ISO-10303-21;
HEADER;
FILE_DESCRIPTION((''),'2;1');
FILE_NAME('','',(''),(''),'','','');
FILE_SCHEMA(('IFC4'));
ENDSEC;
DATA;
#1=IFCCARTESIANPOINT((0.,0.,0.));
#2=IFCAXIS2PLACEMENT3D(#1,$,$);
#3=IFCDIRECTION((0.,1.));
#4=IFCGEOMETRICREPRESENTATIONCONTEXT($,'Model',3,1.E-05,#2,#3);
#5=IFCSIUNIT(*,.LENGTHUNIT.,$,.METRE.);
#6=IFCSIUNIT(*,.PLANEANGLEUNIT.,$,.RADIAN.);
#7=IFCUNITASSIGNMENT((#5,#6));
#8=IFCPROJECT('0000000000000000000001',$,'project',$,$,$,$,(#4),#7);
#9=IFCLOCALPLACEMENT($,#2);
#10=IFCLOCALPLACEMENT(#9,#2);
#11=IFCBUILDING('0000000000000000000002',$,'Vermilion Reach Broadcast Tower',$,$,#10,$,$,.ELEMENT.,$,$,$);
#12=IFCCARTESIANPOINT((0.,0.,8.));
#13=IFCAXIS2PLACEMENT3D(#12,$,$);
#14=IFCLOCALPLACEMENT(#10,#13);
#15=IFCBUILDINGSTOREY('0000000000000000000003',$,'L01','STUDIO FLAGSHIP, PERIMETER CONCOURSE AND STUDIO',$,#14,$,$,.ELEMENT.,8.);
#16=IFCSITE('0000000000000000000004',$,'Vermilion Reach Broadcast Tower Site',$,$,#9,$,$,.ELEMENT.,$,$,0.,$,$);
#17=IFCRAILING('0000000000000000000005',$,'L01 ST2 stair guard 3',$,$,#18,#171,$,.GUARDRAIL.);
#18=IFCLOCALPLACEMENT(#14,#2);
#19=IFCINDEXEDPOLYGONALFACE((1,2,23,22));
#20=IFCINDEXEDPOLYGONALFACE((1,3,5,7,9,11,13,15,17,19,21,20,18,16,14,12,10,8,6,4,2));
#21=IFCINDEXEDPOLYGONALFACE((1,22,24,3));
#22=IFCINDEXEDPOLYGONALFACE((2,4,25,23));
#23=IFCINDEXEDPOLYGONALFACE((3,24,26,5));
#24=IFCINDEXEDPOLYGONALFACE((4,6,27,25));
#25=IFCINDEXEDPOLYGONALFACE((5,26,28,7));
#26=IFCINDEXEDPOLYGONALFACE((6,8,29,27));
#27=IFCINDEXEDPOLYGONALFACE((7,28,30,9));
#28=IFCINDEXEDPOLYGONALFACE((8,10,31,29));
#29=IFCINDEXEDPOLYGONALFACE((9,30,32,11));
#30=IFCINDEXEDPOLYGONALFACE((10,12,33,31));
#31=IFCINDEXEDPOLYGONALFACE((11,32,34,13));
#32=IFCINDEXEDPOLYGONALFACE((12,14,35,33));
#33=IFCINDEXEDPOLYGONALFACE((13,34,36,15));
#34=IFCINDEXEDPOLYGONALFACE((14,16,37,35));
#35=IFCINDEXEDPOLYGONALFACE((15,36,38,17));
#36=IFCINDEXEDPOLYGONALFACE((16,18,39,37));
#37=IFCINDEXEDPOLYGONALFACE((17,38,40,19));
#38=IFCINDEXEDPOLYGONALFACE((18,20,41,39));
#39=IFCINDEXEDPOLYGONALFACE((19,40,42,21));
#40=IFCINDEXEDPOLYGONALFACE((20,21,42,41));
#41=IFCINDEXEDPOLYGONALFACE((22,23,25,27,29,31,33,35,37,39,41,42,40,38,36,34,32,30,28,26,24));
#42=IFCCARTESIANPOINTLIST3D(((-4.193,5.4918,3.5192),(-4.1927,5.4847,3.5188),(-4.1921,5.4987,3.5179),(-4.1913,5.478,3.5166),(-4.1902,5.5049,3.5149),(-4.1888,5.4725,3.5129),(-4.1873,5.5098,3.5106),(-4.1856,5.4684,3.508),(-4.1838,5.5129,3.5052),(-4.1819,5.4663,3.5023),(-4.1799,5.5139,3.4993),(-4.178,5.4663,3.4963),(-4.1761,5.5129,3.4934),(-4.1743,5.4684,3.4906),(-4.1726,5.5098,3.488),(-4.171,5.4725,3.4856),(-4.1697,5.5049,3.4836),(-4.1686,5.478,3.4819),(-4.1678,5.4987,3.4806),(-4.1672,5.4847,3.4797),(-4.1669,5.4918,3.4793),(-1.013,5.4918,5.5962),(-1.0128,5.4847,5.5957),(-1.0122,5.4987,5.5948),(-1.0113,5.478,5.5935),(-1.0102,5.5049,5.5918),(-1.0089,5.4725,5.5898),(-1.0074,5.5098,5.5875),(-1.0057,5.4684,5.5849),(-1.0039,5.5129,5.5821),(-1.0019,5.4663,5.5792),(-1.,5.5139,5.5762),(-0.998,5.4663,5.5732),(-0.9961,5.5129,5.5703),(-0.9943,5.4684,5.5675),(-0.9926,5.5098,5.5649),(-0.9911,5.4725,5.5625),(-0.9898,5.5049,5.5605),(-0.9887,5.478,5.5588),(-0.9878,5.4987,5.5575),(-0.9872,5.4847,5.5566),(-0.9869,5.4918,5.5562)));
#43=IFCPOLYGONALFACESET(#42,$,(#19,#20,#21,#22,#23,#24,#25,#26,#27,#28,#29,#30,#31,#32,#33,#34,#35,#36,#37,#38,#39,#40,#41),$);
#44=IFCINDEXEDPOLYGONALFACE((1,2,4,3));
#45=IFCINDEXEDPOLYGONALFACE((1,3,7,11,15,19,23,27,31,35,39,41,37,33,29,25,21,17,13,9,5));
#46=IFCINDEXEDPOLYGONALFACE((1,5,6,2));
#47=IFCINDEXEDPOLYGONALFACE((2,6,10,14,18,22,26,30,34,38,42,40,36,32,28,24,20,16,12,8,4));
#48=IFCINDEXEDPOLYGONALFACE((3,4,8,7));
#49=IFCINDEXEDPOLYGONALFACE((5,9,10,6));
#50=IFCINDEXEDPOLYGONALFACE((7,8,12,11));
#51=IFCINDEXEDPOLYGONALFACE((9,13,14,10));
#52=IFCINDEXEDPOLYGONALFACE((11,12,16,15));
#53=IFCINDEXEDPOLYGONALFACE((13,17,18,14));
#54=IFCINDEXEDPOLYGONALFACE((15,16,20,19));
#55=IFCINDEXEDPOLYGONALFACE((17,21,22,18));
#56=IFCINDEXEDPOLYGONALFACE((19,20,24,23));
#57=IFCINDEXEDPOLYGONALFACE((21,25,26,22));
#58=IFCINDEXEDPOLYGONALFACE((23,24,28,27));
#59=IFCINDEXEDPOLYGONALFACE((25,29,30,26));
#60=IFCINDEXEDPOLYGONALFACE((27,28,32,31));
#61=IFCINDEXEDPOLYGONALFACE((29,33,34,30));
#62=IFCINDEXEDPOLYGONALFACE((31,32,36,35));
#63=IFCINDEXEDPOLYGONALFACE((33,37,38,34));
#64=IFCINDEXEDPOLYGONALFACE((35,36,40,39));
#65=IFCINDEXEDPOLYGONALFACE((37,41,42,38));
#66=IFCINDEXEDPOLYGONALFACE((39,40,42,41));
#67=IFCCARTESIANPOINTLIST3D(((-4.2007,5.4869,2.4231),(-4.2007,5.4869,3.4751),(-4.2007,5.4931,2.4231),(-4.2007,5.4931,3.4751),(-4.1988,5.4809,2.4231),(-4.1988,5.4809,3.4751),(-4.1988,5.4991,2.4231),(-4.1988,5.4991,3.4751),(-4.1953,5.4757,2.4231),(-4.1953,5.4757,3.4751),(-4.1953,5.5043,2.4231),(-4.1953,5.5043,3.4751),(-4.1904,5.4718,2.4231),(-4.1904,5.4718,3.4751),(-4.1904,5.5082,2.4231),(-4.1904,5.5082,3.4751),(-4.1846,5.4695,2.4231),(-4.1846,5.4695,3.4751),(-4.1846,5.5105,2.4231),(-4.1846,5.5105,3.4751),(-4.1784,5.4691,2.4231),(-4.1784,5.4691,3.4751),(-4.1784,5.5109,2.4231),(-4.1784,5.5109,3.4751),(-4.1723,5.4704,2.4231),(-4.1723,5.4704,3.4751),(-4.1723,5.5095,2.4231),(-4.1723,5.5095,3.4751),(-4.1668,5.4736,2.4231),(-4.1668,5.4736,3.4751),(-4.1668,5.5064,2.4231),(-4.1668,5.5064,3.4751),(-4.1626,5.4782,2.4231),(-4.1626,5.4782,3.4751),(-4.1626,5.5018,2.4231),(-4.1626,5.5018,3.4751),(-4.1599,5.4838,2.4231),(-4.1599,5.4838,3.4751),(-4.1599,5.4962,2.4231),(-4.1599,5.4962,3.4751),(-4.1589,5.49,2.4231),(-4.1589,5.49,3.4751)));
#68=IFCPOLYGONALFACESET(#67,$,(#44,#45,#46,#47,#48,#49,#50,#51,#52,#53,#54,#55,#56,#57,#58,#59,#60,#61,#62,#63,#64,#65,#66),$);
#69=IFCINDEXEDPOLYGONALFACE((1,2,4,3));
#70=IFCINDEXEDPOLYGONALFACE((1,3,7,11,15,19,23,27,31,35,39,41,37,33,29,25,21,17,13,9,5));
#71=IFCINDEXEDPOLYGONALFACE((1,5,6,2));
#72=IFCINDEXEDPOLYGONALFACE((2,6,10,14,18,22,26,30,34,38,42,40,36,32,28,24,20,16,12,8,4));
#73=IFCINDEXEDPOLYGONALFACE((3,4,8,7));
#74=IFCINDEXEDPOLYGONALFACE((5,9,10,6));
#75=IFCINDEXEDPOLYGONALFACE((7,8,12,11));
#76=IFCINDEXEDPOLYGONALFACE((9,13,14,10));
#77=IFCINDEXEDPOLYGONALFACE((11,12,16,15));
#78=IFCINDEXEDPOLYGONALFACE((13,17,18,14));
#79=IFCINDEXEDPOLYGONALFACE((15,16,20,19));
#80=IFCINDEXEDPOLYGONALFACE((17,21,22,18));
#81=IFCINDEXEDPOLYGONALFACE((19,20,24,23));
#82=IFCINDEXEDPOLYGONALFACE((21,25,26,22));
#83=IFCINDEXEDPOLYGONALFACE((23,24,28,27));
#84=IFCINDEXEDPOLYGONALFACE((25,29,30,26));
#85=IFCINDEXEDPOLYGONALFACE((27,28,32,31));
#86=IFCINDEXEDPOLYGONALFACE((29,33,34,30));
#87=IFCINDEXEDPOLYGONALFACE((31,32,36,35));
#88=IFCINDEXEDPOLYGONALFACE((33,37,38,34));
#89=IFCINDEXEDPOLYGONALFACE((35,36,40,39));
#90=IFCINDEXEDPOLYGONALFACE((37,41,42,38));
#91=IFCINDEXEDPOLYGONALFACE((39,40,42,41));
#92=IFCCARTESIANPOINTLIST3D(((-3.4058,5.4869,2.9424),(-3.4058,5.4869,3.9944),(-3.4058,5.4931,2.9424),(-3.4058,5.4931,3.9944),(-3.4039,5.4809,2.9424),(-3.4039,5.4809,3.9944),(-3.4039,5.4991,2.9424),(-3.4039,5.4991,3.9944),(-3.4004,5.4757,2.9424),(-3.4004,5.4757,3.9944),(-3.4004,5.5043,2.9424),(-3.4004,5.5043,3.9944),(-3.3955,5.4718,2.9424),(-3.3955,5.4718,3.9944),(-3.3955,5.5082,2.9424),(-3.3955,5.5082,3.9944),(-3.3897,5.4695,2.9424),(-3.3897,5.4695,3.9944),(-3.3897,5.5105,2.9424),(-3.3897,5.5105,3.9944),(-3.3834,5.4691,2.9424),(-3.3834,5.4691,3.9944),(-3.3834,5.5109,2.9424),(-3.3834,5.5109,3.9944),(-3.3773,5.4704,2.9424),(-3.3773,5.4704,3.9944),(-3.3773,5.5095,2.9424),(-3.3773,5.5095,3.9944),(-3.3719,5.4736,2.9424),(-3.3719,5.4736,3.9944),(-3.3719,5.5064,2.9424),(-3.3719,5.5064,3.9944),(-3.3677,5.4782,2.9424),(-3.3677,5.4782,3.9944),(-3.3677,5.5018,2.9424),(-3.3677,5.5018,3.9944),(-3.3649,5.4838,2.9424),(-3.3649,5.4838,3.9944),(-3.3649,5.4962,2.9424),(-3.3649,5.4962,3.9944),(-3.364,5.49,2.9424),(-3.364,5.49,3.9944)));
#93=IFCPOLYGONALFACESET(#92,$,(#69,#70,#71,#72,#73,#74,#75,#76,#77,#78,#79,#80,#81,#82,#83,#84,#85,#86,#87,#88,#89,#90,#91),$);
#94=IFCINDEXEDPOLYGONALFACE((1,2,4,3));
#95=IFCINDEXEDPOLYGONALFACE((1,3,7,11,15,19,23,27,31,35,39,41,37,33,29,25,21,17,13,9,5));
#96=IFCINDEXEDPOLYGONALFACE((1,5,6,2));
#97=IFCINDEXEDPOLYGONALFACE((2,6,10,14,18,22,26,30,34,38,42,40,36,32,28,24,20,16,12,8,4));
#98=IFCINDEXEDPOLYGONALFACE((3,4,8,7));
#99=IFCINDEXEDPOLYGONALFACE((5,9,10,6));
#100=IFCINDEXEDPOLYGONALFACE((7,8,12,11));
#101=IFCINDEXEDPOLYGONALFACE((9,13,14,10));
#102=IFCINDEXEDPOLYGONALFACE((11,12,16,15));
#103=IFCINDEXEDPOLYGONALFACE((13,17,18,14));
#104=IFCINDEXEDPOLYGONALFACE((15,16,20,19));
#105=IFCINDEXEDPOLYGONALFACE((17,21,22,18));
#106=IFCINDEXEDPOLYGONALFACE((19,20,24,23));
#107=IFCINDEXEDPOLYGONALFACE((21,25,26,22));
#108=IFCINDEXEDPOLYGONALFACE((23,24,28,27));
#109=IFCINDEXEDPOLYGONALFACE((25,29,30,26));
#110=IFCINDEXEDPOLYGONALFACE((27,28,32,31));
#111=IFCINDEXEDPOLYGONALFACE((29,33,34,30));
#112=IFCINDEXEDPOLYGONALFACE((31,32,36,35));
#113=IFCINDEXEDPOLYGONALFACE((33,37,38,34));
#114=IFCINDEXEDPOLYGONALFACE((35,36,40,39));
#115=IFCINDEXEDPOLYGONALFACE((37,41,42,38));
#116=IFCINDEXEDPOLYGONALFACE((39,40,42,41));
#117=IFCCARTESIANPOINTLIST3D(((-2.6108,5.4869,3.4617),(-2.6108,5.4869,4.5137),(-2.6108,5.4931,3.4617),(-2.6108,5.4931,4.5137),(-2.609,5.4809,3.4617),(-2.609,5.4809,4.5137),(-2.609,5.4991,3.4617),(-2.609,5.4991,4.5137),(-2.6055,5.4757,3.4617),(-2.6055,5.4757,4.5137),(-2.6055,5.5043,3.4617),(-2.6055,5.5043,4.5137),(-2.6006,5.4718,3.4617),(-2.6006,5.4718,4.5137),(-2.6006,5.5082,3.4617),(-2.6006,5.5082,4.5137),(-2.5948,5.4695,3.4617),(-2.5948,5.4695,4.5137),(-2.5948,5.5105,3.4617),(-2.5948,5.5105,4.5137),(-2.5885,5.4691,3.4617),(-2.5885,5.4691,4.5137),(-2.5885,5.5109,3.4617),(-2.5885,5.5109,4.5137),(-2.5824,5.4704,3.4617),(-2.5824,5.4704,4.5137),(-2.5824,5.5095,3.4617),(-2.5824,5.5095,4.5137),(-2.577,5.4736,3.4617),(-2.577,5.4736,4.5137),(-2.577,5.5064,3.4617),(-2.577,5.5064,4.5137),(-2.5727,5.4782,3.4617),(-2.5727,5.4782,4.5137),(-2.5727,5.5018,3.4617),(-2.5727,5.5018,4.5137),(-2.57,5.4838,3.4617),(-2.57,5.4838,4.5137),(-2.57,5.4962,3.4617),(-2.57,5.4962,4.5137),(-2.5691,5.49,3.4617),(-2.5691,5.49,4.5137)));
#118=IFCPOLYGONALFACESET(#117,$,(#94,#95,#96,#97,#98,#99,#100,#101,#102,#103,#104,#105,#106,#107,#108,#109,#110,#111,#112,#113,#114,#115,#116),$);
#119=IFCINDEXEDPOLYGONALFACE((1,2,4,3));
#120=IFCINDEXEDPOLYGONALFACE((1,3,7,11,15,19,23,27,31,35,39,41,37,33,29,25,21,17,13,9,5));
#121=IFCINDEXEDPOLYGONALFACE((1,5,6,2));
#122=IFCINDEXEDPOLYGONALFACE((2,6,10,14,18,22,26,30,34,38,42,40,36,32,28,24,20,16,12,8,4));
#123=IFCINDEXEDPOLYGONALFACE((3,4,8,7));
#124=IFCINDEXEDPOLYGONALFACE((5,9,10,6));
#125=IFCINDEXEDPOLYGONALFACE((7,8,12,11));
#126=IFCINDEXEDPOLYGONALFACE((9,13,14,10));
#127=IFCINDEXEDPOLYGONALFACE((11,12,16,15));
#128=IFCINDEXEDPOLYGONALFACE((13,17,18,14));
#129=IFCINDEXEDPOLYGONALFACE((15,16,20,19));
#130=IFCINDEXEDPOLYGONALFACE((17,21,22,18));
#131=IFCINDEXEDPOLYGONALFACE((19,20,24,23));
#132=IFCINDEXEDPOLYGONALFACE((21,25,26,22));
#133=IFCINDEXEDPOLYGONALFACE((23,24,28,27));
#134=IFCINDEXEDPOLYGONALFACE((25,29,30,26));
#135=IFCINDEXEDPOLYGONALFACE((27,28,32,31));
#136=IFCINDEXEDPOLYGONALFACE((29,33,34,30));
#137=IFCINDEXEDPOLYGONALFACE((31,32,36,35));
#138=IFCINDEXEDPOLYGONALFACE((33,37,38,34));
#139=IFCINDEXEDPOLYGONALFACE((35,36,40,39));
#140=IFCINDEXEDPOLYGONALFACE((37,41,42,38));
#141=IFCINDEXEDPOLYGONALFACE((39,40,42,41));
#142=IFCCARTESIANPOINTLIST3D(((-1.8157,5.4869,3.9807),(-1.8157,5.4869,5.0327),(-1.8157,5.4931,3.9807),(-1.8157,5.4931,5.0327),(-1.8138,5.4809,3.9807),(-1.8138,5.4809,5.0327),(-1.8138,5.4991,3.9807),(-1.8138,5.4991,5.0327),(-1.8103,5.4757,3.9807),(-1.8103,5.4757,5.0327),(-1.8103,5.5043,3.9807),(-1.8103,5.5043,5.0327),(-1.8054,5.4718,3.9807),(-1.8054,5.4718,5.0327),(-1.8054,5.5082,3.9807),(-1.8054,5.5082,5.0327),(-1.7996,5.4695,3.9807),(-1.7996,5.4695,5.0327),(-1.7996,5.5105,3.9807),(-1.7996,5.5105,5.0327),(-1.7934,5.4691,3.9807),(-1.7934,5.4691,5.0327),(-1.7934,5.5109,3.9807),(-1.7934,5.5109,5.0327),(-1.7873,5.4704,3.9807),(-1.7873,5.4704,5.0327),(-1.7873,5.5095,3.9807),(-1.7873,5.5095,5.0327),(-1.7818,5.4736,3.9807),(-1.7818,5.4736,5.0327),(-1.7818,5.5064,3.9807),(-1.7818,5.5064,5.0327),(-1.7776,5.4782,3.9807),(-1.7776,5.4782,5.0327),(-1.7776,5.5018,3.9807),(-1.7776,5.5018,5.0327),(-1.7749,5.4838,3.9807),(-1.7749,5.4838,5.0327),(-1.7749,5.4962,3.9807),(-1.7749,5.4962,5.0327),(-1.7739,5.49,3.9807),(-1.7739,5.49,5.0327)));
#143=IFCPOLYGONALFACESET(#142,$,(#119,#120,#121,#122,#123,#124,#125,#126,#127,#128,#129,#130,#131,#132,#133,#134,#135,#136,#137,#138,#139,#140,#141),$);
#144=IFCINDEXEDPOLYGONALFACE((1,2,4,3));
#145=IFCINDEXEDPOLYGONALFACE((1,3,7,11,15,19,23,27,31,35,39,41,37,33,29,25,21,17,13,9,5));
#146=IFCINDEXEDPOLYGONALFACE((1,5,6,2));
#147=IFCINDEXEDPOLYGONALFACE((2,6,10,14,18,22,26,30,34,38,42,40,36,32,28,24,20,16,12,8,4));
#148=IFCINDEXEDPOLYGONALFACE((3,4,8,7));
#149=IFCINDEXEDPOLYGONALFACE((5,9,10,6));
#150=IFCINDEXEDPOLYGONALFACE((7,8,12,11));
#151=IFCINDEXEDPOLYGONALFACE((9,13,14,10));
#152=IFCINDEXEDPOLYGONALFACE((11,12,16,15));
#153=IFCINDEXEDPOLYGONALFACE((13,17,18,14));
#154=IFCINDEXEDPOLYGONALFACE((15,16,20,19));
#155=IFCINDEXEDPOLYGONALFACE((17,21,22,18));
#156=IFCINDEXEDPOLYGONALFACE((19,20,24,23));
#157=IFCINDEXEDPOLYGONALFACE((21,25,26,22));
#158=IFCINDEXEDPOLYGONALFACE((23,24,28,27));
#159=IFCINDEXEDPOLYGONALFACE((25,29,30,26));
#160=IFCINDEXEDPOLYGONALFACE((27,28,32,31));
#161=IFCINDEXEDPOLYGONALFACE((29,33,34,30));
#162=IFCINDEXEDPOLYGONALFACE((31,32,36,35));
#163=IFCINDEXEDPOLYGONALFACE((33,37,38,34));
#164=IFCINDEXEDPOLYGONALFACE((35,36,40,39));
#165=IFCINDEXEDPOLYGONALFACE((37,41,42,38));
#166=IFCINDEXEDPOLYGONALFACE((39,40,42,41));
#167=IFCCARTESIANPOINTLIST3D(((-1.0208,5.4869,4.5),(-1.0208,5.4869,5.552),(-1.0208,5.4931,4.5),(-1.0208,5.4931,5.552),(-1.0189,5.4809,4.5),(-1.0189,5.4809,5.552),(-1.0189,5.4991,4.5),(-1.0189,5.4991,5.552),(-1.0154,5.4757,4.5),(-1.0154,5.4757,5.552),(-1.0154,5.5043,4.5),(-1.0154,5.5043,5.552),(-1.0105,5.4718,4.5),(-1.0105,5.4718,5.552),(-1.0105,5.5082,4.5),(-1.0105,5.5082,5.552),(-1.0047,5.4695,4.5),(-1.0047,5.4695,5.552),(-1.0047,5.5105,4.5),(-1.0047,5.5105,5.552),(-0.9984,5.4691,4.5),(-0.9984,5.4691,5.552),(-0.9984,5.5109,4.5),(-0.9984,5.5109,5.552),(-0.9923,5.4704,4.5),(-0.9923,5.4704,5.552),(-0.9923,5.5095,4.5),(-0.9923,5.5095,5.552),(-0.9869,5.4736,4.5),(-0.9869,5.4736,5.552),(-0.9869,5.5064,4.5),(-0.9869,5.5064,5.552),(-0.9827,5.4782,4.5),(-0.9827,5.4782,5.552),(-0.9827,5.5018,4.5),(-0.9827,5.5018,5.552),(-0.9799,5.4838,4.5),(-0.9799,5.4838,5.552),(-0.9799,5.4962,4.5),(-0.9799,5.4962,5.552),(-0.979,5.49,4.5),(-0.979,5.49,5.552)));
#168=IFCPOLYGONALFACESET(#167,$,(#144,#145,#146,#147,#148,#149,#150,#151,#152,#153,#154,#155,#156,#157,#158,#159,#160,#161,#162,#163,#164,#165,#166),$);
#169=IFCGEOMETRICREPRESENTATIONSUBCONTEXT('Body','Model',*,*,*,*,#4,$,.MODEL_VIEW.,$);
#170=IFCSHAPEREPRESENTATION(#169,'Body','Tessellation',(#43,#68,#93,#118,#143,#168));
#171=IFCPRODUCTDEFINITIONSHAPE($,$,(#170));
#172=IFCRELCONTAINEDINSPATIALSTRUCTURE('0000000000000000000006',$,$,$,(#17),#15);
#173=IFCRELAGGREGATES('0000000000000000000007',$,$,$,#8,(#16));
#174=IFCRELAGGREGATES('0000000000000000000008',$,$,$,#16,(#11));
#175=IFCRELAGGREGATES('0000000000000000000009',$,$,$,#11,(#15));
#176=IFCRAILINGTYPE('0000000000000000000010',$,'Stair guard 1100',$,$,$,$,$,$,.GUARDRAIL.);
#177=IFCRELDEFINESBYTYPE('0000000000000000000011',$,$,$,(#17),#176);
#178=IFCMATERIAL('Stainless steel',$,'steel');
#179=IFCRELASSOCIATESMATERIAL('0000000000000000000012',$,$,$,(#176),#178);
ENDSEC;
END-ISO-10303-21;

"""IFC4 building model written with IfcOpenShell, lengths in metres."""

from ifc_helpers import new_model, si_unit, direction, frame, origin, origin_2d, place, context, subcontext, project, spatial, circle, extrude, material, type_object, element, save


model = new_model("IFC4")

# Units and contexts
model_context = context("Model", 3, precision=1e-05, world=origin(), true_north=direction((0.0, 1.0)))
body_context = subcontext(model_context, "Body", "Model", "MODEL_VIEW")
ifc_project = project(units=[si_unit("LENGTHUNIT", "METRE"), si_unit("PLANEANGLEUNIT", "RADIAN")], contexts=[model_context])

# Site, building, storey
site_placement = place(None, origin())
site = spatial("IfcSite", under=ifc_project, at=site_placement, Name="Vermilion Reach Broadcast Tower Site", CompositionType="ELEMENT", RefElevation=0.0)
building_placement = place(site_placement, origin())
building = spatial("IfcBuilding", under=site, at=building_placement, Name="Vermilion Reach Broadcast Tower", CompositionType="ELEMENT")
storey_placement = place(building_placement, frame((0.0, 0.0, 8.0)))
storey = spatial("IfcBuildingStorey", under=building, at=storey_placement, Name="L01", Description="STUDIO FLAGSHIP, PERIMETER CONCOURSE AND STUDIO", CompositionType="ELEMENT", Elevation=8.0)

# Railing
ifc_material_1 = material(Name="Stainless steel", Category="steel")
railing_type_1 = type_object("IfcRailingType", Name="Stair guard 1100", PredefinedType="GUARDRAIL", material=ifc_material_1)
railing_1_placement = place(storey_placement, frame((-4.1799, 5.49, 2.4231)))
element("IfcRailing", 1, at=railing_1_placement, inside=storey, type_object=railing_type_1, Name="L01 ST2 stair guard 3", PredefinedType="GUARDRAIL", context=body_context, shape_type="SweptSolid", body=[
    extrude(circle(Radius=0.0239, at=origin_2d()), frame((0.0, 0.0, 1.0762), z_axis=(0.837245, 0.0, 0.546828), x_axis=(0.0, 1.0, 0.0)), (0.0, 0.0, 1.0), 3.7981),
    extrude(circle(Radius=0.021, at=origin_2d()), origin(), (0.0, 0.0, 1.0), 1.052),
    extrude(circle(Radius=0.021, at=origin_2d()), frame((0.7949, 0.0, 0.5193)), (0.0, 0.0, 1.0), 1.052),
    extrude(circle(Radius=0.021, at=origin_2d()), frame((1.5898, 0.0, 1.0386)), (0.0, 0.0, 1.0), 1.052),
    extrude(circle(Radius=0.021, at=origin_2d()), frame((2.385, 0.0, 1.5576)), (0.0, 0.0, 1.0), 1.052),
    extrude(circle(Radius=0.021, at=origin_2d()), frame((3.1799, 0.0, 2.0769)), (0.0, 0.0, 1.0), 1.052),
])

save(model, "model.ifc")
